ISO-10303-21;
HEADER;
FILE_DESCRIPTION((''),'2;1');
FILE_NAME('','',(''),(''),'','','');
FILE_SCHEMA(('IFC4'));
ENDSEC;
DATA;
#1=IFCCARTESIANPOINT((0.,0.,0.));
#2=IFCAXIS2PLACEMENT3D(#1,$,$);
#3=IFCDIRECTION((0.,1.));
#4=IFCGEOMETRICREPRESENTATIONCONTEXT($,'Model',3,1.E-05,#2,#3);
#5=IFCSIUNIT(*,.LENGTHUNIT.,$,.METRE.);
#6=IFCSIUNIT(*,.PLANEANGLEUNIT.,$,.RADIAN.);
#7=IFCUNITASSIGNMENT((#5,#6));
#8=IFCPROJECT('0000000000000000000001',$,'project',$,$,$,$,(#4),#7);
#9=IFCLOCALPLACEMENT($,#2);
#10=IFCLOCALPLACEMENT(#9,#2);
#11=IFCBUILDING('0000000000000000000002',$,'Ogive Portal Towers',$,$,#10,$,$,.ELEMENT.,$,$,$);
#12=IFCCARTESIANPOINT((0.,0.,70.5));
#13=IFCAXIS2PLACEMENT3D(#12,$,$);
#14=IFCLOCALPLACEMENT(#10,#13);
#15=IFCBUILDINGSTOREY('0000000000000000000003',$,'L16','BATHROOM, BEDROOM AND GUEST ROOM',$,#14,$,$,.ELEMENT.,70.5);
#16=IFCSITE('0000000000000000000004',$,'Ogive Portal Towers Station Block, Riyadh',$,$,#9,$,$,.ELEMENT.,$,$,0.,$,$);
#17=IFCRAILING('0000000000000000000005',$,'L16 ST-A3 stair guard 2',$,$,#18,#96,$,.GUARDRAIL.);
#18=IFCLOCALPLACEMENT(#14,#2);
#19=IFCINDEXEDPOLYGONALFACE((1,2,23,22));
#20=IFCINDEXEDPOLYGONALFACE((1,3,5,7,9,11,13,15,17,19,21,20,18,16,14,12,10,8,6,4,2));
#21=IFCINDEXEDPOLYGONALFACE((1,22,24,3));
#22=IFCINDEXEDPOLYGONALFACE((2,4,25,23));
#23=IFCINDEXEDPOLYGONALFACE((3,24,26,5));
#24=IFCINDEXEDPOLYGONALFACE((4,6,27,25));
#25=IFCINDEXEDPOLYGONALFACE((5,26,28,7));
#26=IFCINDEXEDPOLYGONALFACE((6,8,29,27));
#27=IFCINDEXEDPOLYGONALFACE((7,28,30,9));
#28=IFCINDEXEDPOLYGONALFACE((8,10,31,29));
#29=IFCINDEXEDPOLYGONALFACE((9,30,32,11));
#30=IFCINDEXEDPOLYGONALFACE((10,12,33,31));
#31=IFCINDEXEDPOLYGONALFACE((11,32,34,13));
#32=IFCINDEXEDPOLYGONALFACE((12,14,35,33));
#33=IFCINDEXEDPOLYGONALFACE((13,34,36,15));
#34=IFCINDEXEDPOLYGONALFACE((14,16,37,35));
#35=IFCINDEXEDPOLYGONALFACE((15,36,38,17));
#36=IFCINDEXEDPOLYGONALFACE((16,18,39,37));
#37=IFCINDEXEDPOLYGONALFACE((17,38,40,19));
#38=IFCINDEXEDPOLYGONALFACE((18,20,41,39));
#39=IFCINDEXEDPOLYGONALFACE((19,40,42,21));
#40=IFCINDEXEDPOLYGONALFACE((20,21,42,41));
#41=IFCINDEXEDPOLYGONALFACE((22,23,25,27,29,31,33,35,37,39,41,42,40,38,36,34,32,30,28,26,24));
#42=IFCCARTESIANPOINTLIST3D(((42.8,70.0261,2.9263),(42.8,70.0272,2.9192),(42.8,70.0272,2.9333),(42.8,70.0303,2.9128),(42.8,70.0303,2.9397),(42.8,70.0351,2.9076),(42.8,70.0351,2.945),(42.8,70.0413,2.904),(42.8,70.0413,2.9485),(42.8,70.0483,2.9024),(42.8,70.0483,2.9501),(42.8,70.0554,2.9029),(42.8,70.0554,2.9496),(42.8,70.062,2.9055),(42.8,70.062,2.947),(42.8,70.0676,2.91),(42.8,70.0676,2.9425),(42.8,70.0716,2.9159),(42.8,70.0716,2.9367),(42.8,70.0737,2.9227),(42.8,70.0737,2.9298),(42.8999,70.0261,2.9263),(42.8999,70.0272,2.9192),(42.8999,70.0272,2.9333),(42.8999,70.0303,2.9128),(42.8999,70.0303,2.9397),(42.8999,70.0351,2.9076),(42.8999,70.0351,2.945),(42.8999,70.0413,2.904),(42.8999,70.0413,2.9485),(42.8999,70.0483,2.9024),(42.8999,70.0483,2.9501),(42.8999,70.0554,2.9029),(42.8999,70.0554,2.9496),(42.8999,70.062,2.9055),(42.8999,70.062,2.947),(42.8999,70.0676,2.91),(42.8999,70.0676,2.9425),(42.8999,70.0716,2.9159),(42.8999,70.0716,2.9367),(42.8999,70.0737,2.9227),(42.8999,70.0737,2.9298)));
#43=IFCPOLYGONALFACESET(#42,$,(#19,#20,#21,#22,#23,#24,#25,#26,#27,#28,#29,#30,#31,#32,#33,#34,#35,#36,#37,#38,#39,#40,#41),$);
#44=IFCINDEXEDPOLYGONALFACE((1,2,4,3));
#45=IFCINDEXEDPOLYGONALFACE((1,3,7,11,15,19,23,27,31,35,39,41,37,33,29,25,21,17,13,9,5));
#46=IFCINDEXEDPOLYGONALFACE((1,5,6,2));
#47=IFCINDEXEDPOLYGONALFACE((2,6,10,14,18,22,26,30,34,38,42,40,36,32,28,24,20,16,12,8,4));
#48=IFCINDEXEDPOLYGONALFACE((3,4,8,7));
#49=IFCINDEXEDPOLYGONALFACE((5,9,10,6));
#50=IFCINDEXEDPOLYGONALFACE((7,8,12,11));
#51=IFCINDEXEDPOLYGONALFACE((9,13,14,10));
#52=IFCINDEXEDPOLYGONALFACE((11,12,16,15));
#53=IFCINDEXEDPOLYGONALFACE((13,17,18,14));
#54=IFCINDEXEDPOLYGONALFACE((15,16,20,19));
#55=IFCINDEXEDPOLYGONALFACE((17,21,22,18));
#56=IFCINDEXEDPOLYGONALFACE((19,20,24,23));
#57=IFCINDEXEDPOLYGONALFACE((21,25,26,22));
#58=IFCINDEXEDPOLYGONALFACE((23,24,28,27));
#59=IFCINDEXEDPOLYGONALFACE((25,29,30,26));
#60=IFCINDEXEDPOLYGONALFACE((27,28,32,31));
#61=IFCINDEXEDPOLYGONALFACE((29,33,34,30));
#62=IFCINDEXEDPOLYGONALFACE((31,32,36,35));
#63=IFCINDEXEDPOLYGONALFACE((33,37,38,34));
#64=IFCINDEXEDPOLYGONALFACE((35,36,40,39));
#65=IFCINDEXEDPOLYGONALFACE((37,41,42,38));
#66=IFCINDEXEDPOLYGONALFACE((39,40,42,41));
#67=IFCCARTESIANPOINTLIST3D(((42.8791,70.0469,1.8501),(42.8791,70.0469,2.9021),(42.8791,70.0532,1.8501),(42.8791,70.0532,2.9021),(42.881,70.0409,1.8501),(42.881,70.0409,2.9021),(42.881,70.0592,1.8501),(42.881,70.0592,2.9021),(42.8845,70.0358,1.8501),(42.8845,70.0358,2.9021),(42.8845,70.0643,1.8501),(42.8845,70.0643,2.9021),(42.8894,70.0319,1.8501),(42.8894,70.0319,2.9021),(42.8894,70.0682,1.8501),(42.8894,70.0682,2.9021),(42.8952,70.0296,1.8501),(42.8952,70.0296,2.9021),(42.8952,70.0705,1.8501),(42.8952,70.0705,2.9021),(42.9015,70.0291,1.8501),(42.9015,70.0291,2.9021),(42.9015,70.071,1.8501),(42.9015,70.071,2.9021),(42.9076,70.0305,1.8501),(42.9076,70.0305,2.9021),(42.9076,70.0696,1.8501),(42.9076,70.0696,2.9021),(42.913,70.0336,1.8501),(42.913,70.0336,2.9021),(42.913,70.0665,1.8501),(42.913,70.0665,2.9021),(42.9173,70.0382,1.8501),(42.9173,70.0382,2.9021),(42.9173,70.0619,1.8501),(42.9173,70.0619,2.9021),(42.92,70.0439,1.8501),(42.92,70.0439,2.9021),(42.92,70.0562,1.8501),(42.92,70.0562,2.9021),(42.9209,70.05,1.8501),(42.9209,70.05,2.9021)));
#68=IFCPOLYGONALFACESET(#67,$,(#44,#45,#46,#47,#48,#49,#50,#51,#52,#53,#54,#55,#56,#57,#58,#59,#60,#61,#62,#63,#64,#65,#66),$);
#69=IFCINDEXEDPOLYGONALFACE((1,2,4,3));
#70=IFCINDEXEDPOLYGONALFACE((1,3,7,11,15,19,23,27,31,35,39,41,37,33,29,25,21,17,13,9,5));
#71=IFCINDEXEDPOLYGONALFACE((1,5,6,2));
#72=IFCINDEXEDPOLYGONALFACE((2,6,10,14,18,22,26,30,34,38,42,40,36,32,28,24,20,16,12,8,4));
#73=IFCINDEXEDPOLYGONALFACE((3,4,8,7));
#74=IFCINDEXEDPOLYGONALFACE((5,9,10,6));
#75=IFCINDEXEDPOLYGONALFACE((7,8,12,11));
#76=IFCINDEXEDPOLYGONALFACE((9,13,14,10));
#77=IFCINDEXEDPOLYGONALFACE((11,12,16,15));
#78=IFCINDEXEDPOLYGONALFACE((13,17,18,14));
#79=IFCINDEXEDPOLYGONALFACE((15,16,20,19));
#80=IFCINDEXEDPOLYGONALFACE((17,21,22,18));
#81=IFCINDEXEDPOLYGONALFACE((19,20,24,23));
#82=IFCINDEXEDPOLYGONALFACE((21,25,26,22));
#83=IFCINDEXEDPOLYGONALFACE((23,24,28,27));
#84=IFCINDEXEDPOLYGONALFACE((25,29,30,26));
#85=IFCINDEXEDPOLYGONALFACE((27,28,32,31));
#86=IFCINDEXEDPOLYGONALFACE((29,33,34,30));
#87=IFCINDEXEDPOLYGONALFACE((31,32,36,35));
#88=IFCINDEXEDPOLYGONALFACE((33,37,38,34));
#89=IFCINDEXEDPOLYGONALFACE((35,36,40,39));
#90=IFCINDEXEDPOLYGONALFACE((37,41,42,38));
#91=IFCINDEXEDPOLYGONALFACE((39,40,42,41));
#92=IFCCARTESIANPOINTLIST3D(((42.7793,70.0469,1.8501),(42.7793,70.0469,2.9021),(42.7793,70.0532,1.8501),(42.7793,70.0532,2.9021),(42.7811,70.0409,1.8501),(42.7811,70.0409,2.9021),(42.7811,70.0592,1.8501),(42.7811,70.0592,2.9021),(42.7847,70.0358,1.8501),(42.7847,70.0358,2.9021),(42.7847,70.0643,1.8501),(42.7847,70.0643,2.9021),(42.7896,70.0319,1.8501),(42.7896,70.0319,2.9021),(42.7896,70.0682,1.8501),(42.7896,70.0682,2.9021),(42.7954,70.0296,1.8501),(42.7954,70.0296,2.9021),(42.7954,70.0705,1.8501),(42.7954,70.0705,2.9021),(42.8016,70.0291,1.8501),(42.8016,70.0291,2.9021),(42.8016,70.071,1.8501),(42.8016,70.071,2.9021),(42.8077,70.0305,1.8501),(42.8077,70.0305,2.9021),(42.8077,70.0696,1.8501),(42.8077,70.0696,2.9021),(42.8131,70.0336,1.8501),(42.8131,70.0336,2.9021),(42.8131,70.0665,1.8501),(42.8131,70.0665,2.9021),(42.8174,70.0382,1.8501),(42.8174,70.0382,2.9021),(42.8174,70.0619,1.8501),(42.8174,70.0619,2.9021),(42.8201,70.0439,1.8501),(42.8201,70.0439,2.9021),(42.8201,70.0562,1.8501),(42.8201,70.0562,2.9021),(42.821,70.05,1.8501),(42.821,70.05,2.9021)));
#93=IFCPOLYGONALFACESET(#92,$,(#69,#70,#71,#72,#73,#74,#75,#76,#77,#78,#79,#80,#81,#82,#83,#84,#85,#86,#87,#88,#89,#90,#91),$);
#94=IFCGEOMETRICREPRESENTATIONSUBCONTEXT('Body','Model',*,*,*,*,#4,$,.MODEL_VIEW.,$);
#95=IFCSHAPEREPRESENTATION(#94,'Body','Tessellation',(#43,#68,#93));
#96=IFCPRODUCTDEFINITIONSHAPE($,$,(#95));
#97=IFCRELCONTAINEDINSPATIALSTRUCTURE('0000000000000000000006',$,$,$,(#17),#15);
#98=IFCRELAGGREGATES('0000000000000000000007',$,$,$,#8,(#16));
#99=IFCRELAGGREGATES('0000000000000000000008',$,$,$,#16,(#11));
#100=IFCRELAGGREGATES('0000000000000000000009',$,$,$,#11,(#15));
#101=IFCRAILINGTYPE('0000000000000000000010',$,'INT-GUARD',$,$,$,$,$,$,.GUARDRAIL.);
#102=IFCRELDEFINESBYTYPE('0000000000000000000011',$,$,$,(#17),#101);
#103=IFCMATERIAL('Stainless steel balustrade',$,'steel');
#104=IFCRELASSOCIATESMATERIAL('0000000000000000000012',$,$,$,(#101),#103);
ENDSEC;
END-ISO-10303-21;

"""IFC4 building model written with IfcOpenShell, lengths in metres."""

from ifc_helpers import new_model, si_unit, direction, frame, origin, origin_2d, place, context, subcontext, project, spatial, circle, extrude, material, type_object, element, save


model = new_model("IFC4")

# Units and contexts
model_context = context("Model", 3, precision=1e-05, world=origin(), true_north=direction((0.0, 1.0)))
body_context = subcontext(model_context, "Body", "Model", "MODEL_VIEW")
ifc_project = project(units=[si_unit("LENGTHUNIT", "METRE"), si_unit("PLANEANGLEUNIT", "RADIAN")], contexts=[model_context])

# Site, building, storey
site_placement = place(None, origin())
site = spatial("IfcSite", under=ifc_project, at=site_placement, Name="Ogive Portal Towers Station Block, Riyadh", CompositionType="ELEMENT", RefElevation=0.0)
building_placement = place(site_placement, origin())
building = spatial("IfcBuilding", under=site, at=building_placement, Name="Ogive Portal Towers", CompositionType="ELEMENT")
storey_placement = place(building_placement, frame((0.0, 0.0, 70.5)))
storey = spatial("IfcBuildingStorey", under=building, at=storey_placement, Name="L16", Description="BATHROOM, BEDROOM AND GUEST ROOM", CompositionType="ELEMENT", Elevation=70.5)

# Railing
ifc_material_1 = material(Name="Stainless steel balustrade", Category="steel")
railing_type_1 = type_object("IfcRailingType", Name="INT-GUARD", PredefinedType="GUARDRAIL", material=ifc_material_1)
railing_1_placement = place(storey_placement, frame((42.8999, 70.05, 1.8501)))
element("IfcRailing", 1, at=railing_1_placement, inside=storey, type_object=railing_type_1, Name="L16 ST-A3 stair guard 2", PredefinedType="GUARDRAIL", context=body_context, shape_type="SweptSolid", body=[
    extrude(circle(Radius=0.0239, at=origin_2d()), frame((0.0, 0.0, 1.0762), z_axis=(-1.0, 0.0, 0.0), x_axis=(0.0, -1.0, 0.0)), (0.0, 0.0, 1.0), 0.0999),
    extrude(circle(Radius=0.021, at=origin_2d()), origin(), (0.0, 0.0, 1.0), 1.052),
    extrude(circle(Radius=0.021, at=origin_2d()), frame((-0.0999, 0.0, 0.0)), (0.0, 0.0, 1.0), 1.052),
])

save(model, "model.ifc")
